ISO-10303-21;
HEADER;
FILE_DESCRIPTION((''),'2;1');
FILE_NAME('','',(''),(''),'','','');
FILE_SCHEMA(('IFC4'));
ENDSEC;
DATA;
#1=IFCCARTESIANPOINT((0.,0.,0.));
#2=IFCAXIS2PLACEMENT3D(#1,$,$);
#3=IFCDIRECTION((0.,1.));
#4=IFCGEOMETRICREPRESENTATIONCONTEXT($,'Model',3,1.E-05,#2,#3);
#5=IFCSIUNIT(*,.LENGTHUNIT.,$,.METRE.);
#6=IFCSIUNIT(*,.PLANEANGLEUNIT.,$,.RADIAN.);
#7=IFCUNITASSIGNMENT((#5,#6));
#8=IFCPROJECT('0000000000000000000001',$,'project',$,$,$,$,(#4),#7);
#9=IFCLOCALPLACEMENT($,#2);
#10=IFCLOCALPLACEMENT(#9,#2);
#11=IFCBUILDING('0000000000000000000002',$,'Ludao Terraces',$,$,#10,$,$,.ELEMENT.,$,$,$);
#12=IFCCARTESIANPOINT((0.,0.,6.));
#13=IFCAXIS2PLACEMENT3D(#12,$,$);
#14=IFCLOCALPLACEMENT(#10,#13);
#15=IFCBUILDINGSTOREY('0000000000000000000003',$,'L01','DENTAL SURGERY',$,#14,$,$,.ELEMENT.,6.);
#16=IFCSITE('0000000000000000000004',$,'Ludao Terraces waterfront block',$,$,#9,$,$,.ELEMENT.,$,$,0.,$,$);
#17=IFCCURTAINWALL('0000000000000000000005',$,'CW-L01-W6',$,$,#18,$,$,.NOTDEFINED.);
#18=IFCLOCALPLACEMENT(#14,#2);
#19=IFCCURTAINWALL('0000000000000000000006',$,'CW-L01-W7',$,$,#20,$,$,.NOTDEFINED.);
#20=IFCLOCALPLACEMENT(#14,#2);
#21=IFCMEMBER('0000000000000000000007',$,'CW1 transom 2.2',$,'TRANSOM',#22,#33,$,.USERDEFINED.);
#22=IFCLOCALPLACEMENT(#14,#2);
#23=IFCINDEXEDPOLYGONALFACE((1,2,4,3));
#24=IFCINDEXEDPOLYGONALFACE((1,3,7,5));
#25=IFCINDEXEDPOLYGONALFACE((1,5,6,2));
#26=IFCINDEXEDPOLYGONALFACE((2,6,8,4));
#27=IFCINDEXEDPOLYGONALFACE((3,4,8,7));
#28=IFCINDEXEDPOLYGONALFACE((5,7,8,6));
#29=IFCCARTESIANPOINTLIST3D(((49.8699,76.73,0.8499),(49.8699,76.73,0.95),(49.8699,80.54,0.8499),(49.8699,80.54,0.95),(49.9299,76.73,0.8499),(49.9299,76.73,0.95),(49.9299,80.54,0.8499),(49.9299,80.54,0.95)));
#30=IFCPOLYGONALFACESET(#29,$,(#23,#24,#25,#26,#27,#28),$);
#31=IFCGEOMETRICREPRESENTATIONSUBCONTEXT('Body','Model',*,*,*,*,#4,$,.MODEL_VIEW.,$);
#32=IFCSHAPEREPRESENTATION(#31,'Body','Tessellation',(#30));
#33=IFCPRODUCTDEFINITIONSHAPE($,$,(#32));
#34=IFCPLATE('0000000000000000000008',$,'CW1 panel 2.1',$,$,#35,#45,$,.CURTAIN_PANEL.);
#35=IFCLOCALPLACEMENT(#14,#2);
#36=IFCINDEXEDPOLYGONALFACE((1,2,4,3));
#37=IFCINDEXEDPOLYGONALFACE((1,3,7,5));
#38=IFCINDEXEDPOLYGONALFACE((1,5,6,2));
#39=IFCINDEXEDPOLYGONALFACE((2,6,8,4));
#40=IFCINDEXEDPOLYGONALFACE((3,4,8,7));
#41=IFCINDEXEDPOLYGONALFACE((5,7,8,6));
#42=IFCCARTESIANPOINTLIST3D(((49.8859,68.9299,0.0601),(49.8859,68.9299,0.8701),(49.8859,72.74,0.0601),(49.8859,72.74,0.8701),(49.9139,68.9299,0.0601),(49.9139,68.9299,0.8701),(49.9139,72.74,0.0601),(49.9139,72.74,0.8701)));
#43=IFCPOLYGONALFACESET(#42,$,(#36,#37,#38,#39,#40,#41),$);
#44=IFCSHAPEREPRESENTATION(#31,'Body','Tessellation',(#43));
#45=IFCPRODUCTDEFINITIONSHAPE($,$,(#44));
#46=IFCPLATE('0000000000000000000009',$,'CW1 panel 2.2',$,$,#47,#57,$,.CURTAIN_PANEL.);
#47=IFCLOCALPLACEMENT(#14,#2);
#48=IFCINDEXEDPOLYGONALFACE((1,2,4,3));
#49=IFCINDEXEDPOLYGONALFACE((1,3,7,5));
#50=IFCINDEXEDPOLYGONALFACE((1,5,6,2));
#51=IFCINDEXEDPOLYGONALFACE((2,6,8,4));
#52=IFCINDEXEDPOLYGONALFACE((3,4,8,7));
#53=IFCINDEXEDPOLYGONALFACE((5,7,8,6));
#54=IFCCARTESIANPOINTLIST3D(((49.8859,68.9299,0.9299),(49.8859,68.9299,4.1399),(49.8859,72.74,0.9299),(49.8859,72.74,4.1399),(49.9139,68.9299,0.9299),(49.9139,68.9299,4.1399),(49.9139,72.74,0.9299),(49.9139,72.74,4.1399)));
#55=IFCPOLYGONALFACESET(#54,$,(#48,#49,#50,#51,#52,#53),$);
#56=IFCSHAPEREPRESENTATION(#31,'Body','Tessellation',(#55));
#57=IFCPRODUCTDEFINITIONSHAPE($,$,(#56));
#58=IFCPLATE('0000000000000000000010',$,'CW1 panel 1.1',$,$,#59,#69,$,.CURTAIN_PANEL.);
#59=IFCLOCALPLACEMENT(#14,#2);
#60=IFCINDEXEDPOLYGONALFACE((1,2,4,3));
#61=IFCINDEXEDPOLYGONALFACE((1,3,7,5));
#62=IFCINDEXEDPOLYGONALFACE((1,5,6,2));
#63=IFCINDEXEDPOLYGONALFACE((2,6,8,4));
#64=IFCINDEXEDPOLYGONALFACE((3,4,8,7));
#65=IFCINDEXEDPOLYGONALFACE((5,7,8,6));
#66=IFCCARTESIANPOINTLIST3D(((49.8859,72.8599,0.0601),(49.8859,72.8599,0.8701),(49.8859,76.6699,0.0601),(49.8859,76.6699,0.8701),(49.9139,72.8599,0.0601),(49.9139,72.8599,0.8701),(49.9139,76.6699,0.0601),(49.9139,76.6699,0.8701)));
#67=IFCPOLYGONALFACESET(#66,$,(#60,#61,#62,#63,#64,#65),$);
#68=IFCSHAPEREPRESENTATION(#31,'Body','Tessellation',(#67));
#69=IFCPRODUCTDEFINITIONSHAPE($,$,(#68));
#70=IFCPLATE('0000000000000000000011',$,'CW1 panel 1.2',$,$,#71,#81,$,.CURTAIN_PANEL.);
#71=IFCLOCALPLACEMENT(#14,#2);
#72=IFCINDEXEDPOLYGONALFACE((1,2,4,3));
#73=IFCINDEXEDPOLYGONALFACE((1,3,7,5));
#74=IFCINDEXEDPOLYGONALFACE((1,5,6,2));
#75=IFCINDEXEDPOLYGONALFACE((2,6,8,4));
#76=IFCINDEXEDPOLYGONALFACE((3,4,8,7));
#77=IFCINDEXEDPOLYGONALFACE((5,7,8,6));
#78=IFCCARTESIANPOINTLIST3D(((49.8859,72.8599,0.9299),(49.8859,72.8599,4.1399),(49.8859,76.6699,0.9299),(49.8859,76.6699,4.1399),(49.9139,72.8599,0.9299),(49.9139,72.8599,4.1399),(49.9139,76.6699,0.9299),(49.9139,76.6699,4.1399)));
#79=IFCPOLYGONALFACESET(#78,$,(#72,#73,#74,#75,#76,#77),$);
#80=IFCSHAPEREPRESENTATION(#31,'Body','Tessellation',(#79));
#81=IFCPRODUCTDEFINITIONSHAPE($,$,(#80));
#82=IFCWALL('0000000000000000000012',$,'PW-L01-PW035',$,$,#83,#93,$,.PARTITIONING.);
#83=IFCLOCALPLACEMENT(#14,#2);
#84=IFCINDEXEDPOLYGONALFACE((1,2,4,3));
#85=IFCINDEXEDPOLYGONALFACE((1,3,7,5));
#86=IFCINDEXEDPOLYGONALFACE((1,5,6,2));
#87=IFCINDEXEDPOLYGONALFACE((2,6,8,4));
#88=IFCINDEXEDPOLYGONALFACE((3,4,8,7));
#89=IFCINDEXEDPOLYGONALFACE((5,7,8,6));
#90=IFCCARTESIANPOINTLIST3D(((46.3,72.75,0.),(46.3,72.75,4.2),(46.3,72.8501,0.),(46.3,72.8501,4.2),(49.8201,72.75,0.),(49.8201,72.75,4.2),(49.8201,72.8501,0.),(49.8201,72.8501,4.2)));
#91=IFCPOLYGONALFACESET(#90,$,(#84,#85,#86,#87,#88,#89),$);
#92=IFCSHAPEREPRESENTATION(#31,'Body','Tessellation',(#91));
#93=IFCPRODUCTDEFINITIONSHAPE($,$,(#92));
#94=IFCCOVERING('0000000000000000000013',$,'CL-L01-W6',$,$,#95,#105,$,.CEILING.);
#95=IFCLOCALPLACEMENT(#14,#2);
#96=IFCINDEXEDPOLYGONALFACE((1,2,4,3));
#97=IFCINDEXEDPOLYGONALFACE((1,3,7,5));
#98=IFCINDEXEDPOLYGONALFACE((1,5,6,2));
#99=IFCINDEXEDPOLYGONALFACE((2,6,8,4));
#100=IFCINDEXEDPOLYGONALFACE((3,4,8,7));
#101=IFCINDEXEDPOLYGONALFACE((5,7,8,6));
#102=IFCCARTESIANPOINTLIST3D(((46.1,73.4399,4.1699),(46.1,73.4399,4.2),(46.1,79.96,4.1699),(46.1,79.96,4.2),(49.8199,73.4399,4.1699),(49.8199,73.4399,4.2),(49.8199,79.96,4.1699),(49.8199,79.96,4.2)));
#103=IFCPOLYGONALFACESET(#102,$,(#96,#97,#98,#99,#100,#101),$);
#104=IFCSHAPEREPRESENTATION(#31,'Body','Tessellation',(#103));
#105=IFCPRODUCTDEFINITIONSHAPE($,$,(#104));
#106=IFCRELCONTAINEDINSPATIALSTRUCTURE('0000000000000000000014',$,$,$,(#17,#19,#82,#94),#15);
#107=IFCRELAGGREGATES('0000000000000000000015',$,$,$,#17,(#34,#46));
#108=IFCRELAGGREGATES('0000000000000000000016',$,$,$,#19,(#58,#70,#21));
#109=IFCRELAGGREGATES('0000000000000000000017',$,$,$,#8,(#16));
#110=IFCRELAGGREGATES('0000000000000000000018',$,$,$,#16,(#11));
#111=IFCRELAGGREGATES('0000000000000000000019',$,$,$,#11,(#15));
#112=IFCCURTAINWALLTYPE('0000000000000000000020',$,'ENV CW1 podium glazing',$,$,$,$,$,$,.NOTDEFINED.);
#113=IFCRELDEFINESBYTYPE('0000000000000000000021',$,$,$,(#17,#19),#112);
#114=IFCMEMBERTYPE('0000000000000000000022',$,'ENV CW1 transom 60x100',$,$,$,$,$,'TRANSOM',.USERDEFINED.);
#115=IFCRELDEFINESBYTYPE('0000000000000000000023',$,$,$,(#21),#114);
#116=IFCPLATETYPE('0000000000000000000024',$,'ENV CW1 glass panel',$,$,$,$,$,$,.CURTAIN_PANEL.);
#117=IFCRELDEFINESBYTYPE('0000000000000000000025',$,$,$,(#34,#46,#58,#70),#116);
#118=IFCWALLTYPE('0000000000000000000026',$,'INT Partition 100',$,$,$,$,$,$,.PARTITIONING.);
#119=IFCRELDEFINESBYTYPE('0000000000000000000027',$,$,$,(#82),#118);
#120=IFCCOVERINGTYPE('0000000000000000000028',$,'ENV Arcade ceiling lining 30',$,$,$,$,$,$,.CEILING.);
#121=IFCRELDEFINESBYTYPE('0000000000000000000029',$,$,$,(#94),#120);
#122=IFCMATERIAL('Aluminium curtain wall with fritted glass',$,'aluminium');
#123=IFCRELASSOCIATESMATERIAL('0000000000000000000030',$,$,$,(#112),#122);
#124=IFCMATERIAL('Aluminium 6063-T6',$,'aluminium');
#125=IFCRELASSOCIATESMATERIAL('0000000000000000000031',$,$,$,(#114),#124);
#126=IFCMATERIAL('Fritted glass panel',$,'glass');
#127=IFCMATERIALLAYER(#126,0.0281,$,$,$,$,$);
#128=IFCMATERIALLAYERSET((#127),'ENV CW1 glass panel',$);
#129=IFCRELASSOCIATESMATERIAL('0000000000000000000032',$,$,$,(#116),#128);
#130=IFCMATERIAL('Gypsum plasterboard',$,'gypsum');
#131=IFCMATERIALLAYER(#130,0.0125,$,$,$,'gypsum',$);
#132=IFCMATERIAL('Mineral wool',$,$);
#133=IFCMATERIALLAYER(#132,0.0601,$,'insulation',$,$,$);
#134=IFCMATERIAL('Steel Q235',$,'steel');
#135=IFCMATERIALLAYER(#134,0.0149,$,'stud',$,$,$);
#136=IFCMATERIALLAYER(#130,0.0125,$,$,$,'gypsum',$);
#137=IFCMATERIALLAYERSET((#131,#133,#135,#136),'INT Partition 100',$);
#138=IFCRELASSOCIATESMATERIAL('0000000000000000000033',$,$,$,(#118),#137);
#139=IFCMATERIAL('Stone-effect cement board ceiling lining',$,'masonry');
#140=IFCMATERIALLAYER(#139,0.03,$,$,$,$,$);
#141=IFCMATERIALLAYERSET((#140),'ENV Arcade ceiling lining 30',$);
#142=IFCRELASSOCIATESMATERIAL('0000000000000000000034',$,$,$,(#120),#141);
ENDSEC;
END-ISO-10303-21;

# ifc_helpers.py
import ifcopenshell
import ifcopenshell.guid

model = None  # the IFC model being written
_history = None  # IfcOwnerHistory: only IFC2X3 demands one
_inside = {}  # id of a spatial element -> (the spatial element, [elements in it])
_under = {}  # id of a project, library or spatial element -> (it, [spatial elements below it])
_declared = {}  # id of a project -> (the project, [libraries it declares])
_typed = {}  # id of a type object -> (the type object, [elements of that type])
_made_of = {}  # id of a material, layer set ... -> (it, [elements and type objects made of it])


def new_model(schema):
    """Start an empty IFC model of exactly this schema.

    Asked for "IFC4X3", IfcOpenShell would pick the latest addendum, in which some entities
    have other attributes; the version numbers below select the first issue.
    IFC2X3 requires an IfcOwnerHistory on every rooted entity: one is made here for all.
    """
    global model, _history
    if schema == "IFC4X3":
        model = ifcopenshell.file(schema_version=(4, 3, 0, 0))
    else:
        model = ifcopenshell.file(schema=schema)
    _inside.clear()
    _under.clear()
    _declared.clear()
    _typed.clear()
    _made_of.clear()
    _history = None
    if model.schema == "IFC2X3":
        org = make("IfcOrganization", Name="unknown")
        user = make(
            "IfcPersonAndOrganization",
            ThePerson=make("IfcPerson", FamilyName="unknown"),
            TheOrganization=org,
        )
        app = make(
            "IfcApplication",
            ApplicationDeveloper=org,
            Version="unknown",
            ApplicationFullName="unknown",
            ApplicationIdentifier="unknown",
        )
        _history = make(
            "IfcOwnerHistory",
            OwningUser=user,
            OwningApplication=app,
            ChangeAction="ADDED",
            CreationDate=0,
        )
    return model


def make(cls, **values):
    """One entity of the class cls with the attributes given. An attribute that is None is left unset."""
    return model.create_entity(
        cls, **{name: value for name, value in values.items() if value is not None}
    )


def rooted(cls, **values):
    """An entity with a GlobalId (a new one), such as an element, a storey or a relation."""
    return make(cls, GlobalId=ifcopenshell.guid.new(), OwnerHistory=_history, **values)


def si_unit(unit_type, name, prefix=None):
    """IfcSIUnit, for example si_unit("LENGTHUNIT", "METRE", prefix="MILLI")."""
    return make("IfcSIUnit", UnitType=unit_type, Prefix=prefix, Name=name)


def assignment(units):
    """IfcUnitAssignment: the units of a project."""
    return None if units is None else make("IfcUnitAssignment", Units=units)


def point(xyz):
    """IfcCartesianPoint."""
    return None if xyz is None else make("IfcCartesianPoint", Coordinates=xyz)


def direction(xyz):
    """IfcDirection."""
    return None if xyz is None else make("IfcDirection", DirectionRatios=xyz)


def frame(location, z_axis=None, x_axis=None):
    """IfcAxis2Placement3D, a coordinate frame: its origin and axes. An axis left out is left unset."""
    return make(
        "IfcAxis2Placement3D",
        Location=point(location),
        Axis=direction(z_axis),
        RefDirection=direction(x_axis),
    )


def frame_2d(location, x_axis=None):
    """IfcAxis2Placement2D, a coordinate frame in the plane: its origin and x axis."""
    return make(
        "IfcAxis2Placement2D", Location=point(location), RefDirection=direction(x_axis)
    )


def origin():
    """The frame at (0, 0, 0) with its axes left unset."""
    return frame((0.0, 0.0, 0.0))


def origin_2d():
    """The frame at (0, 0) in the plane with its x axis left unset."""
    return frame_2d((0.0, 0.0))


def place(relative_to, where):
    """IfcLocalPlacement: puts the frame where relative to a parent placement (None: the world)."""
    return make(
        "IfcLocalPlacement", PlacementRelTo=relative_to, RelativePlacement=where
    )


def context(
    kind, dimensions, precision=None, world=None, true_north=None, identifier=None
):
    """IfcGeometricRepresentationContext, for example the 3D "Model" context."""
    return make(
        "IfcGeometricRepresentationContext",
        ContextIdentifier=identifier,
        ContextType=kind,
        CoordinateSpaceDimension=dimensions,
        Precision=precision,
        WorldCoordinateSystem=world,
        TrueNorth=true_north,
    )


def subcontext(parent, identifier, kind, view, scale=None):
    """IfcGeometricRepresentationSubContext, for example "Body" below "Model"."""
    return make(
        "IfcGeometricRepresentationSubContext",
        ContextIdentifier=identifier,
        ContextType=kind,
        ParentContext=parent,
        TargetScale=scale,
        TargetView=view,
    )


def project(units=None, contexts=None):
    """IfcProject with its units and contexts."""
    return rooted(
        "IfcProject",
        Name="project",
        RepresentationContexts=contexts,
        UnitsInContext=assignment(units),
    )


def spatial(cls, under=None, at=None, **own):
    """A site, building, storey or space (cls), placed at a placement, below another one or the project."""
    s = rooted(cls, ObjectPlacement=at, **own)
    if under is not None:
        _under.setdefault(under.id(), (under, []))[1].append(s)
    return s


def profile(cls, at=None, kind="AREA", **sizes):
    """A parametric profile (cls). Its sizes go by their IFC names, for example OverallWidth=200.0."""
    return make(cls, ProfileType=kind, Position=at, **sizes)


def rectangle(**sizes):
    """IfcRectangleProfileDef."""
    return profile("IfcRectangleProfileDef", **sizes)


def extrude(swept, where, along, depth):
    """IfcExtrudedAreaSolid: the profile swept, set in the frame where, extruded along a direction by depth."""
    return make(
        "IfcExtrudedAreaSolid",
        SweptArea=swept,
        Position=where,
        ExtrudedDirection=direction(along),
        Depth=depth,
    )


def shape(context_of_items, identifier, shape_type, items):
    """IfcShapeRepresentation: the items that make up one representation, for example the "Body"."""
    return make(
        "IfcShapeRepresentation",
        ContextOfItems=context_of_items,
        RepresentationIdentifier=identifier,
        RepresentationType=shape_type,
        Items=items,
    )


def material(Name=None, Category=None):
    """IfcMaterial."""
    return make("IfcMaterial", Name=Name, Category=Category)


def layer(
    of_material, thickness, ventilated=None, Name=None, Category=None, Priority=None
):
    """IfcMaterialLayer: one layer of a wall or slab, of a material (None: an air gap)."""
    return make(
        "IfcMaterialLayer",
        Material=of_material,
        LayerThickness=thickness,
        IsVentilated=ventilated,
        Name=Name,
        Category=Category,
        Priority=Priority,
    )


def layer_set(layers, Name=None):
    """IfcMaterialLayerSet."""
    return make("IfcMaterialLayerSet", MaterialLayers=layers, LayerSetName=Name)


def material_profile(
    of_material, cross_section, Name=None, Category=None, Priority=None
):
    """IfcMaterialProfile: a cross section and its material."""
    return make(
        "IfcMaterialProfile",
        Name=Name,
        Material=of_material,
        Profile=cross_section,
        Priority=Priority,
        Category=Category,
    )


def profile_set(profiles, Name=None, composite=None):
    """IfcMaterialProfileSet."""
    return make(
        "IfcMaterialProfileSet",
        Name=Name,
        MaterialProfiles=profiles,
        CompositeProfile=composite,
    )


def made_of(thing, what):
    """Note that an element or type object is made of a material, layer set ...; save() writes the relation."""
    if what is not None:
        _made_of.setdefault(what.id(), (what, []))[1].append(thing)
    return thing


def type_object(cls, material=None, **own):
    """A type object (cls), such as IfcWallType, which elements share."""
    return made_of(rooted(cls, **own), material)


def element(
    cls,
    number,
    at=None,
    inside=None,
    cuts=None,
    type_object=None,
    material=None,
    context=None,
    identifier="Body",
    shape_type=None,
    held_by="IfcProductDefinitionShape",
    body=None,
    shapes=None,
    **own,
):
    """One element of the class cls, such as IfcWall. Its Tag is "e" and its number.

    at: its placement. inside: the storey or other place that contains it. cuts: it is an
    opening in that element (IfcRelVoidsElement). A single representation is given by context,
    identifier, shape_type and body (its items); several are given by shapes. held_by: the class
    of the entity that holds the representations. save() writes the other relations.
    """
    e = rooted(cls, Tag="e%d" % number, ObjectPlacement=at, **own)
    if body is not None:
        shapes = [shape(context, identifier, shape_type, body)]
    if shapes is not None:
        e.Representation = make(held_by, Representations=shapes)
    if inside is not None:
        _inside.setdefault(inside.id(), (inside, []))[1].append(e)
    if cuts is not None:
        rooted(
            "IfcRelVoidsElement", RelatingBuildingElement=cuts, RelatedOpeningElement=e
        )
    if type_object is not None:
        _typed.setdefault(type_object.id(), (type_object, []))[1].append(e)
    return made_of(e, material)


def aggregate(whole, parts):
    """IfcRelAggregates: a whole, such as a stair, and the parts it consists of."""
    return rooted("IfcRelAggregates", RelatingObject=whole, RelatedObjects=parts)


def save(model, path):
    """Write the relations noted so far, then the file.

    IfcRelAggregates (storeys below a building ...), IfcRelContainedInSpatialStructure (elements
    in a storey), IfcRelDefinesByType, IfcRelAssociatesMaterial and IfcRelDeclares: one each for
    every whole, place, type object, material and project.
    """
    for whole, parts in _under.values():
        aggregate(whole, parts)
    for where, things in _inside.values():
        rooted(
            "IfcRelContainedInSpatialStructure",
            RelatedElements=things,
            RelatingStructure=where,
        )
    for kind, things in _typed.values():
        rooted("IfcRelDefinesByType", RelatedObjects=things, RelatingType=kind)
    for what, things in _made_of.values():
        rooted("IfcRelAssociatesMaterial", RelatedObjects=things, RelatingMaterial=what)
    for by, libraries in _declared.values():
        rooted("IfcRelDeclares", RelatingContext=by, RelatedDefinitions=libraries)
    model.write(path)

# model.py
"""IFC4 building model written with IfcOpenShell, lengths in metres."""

from ifc_helpers import new_model, si_unit, direction, frame, frame_2d, origin, origin_2d, place, context, subcontext, project, spatial, rectangle, extrude, material, layer, layer_set, material_profile, profile_set, type_object, element, aggregate, save


model = new_model("IFC4")

# Units and contexts
model_context = context("Model", 3, precision=1e-05, world=origin(), true_north=direction((0.0, 1.0)))
body_context = subcontext(model_context, "Body", "Model", "MODEL_VIEW")
ifc_project = project(units=[si_unit("LENGTHUNIT", "METRE"), si_unit("PLANEANGLEUNIT", "RADIAN")], contexts=[model_context])

# Site, building, storey
site_placement = place(None, origin())
site = spatial("IfcSite", under=ifc_project, at=site_placement, Name="Ludao Terraces waterfront block", CompositionType="ELEMENT", RefElevation=0.0)
building_placement = place(site_placement, origin())
building = spatial("IfcBuilding", under=site, at=building_placement, Name="Ludao Terraces", CompositionType="ELEMENT")
storey_placement = place(building_placement, frame((0.0, 0.0, 6.0)))
storey = spatial("IfcBuildingStorey", under=building, at=storey_placement, Name="L01", Description="DENTAL SURGERY", CompositionType="ELEMENT", Elevation=6.0)

# Curtain walls
ifc_material_1 = material(Name="Aluminium curtain wall with fritted glass", Category="aluminium")
curtain_wall_type = type_object("IfcCurtainWallType", Name="ENV CW1 podium glazing", PredefinedType="NOTDEFINED", material=ifc_material_1)
curtain_wall_1_placement = place(storey_placement, origin())
curtain_wall_1 = element("IfcCurtainWall", 1, at=curtain_wall_1_placement, inside=storey, type_object=curtain_wall_type, Name="CW-L01-W6", PredefinedType="NOTDEFINED")
ifc_material_2 = material(Name="Aluminium 6063-T6", Category="aluminium")
curtain_wall_2_placement = place(storey_placement, origin())
curtain_wall_2 = element("IfcCurtainWall", 2, at=curtain_wall_2_placement, inside=storey, type_object=curtain_wall_type, Name="CW-L01-W7", PredefinedType="NOTDEFINED")

# Member
ifc_material_profile_1 = material_profile(ifc_material_2, rectangle(XDim=0.0601, YDim=0.1001, at=origin_2d()), Name="60 X 100")
ifc_profile_set_1 = profile_set([ifc_material_profile_1], Name="Aluminium 6063-T6")
member_type_1 = type_object("IfcMemberType", Name="ENV CW1 transom 60x100", ElementType="TRANSOM", PredefinedType="USERDEFINED", material=ifc_profile_set_1)
member_1_placement = place(storey_placement, frame((49.8999, 76.73, 0.8999), z_axis=(0.0, 1.0, 0.0), x_axis=(-1.0, 0.0, 0.0)))
member_1 = element("IfcMember", 3, at=member_1_placement, type_object=member_type_1, Name="CW1 transom 2.2", ObjectType="TRANSOM", PredefinedType="USERDEFINED", context=body_context, shape_type="SweptSolid", body=[
    extrude(rectangle(XDim=0.0601, YDim=0.1001, at=origin_2d()), origin(), (0.0, 0.0, 1.0), 3.8101),
])

# Plates
ifc_material_3 = material(Name="Fritted glass panel", Category="glass")
ifc_layer_1 = layer(ifc_material_3, 0.0281)
ifc_layer_set_1 = layer_set([ifc_layer_1], Name="ENV CW1 glass panel")
plate_type = type_object("IfcPlateType", Name="ENV CW1 glass panel", PredefinedType="CURTAIN_PANEL", material=ifc_layer_set_1)
plate_1_placement = place(storey_placement, frame((49.8999, 70.835, 0.0601), z_axis=(0.0, 0.0, 1.0), x_axis=(0.0, 1.0, 0.0)))
plate_1 = element("IfcPlate", 4, at=plate_1_placement, type_object=plate_type, Name="CW1 panel 2.1", PredefinedType="CURTAIN_PANEL", context=body_context, shape_type="SweptSolid", body=[
    extrude(rectangle(XDim=3.8101, YDim=0.0281, at=origin_2d()), origin(), (0.0, 0.0, 1.0), 0.8101),
])
plate_2_placement = place(storey_placement, frame((49.8999, 70.835, 0.9299), z_axis=(0.0, 0.0, 1.0), x_axis=(0.0, 1.0, 0.0)))
plate_2 = element("IfcPlate", 5, at=plate_2_placement, type_object=plate_type, Name="CW1 panel 2.2", PredefinedType="CURTAIN_PANEL", context=body_context, shape_type="SweptSolid", body=[
    extrude(rectangle(XDim=3.8101, YDim=0.0281, at=origin_2d()), origin(), (0.0, 0.0, 1.0), 3.21),
])
aggregate(curtain_wall_1, [plate_1, plate_2])
plate_3_placement = place(storey_placement, frame((49.8999, 74.7649, 0.0601), z_axis=(0.0, 0.0, 1.0), x_axis=(0.0, 1.0, 0.0)))
plate_3 = element("IfcPlate", 6, at=plate_3_placement, type_object=plate_type, Name="CW1 panel 1.1", PredefinedType="CURTAIN_PANEL", context=body_context, shape_type="SweptSolid", body=[
    extrude(rectangle(XDim=3.8101, YDim=0.0281, at=origin_2d()), origin(), (0.0, 0.0, 1.0), 0.8101),
])
plate_4_placement = place(storey_placement, frame((49.8999, 74.7649, 0.9299), z_axis=(0.0, 0.0, 1.0), x_axis=(0.0, 1.0, 0.0)))
plate_4 = element("IfcPlate", 7, at=plate_4_placement, type_object=plate_type, Name="CW1 panel 1.2", PredefinedType="CURTAIN_PANEL", context=body_context, shape_type="SweptSolid", body=[
    extrude(rectangle(XDim=3.8101, YDim=0.0281, at=origin_2d()), origin(), (0.0, 0.0, 1.0), 3.21),
])
aggregate(curtain_wall_2, [plate_3, plate_4, member_1])

# Wall
ifc_material_4 = material(Name="Gypsum plasterboard", Category="gypsum")
ifc_layer_2 = layer(ifc_material_4, 0.0125, Category="gypsum")
ifc_material_5 = material(Name="Mineral wool")
ifc_layer_3 = layer(ifc_material_5, 0.0601, Name="insulation")
ifc_material_6 = material(Name="Steel Q235", Category="steel")
ifc_layer_4 = layer(ifc_material_6, 0.0149, Name="stud")
ifc_layer_5 = layer(ifc_material_4, 0.0125, Category="gypsum")
ifc_layer_set_2 = layer_set([ifc_layer_2, ifc_layer_3, ifc_layer_4, ifc_layer_5], Name="INT Partition 100")
wall_type = type_object("IfcWallType", Name="INT Partition 100", PredefinedType="PARTITIONING", material=ifc_layer_set_2)
wall_placement = place(storey_placement, frame((46.3, 72.8, 0.0), z_axis=(0.0, 0.0, 1.0), x_axis=(1.0, 0.0, 0.0)))
element("IfcWall", 8, at=wall_placement, inside=storey, type_object=wall_type, Name="PW-L01-PW035", PredefinedType="PARTITIONING", context=body_context, shape_type="SweptSolid", body=[
    extrude(rectangle(XDim=3.52, YDim=0.1001, at=frame_2d((1.76, 0.0))), origin(), (0.0, 0.0, 1.0), 4.2),
])

# Covering
ifc_material_7 = material(Name="Stone-effect cement board ceiling lining", Category="masonry")
ifc_layer_6 = layer(ifc_material_7, 0.03)
ifc_layer_set_3 = layer_set([ifc_layer_6], Name="ENV Arcade ceiling lining 30")
covering_type = type_object("IfcCoveringType", Name="ENV Arcade ceiling lining 30", PredefinedType="CEILING", material=ifc_layer_set_3)
covering_placement = place(storey_placement, frame((47.96, 76.7, 4.1699), z_axis=(0.0, 0.0, 1.0), x_axis=(1.0, 0.0, 0.0)))
element("IfcCovering", 9, at=covering_placement, inside=storey, type_object=covering_type, Name="CL-L01-W6", PredefinedType="CEILING", context=body_context, shape_type="SweptSolid", body=[
    extrude(rectangle(XDim=3.72, YDim=6.52, at=origin_2d()), origin(), (0.0, 0.0, 1.0), 0.03),
])

save(model, "model.ifc")
